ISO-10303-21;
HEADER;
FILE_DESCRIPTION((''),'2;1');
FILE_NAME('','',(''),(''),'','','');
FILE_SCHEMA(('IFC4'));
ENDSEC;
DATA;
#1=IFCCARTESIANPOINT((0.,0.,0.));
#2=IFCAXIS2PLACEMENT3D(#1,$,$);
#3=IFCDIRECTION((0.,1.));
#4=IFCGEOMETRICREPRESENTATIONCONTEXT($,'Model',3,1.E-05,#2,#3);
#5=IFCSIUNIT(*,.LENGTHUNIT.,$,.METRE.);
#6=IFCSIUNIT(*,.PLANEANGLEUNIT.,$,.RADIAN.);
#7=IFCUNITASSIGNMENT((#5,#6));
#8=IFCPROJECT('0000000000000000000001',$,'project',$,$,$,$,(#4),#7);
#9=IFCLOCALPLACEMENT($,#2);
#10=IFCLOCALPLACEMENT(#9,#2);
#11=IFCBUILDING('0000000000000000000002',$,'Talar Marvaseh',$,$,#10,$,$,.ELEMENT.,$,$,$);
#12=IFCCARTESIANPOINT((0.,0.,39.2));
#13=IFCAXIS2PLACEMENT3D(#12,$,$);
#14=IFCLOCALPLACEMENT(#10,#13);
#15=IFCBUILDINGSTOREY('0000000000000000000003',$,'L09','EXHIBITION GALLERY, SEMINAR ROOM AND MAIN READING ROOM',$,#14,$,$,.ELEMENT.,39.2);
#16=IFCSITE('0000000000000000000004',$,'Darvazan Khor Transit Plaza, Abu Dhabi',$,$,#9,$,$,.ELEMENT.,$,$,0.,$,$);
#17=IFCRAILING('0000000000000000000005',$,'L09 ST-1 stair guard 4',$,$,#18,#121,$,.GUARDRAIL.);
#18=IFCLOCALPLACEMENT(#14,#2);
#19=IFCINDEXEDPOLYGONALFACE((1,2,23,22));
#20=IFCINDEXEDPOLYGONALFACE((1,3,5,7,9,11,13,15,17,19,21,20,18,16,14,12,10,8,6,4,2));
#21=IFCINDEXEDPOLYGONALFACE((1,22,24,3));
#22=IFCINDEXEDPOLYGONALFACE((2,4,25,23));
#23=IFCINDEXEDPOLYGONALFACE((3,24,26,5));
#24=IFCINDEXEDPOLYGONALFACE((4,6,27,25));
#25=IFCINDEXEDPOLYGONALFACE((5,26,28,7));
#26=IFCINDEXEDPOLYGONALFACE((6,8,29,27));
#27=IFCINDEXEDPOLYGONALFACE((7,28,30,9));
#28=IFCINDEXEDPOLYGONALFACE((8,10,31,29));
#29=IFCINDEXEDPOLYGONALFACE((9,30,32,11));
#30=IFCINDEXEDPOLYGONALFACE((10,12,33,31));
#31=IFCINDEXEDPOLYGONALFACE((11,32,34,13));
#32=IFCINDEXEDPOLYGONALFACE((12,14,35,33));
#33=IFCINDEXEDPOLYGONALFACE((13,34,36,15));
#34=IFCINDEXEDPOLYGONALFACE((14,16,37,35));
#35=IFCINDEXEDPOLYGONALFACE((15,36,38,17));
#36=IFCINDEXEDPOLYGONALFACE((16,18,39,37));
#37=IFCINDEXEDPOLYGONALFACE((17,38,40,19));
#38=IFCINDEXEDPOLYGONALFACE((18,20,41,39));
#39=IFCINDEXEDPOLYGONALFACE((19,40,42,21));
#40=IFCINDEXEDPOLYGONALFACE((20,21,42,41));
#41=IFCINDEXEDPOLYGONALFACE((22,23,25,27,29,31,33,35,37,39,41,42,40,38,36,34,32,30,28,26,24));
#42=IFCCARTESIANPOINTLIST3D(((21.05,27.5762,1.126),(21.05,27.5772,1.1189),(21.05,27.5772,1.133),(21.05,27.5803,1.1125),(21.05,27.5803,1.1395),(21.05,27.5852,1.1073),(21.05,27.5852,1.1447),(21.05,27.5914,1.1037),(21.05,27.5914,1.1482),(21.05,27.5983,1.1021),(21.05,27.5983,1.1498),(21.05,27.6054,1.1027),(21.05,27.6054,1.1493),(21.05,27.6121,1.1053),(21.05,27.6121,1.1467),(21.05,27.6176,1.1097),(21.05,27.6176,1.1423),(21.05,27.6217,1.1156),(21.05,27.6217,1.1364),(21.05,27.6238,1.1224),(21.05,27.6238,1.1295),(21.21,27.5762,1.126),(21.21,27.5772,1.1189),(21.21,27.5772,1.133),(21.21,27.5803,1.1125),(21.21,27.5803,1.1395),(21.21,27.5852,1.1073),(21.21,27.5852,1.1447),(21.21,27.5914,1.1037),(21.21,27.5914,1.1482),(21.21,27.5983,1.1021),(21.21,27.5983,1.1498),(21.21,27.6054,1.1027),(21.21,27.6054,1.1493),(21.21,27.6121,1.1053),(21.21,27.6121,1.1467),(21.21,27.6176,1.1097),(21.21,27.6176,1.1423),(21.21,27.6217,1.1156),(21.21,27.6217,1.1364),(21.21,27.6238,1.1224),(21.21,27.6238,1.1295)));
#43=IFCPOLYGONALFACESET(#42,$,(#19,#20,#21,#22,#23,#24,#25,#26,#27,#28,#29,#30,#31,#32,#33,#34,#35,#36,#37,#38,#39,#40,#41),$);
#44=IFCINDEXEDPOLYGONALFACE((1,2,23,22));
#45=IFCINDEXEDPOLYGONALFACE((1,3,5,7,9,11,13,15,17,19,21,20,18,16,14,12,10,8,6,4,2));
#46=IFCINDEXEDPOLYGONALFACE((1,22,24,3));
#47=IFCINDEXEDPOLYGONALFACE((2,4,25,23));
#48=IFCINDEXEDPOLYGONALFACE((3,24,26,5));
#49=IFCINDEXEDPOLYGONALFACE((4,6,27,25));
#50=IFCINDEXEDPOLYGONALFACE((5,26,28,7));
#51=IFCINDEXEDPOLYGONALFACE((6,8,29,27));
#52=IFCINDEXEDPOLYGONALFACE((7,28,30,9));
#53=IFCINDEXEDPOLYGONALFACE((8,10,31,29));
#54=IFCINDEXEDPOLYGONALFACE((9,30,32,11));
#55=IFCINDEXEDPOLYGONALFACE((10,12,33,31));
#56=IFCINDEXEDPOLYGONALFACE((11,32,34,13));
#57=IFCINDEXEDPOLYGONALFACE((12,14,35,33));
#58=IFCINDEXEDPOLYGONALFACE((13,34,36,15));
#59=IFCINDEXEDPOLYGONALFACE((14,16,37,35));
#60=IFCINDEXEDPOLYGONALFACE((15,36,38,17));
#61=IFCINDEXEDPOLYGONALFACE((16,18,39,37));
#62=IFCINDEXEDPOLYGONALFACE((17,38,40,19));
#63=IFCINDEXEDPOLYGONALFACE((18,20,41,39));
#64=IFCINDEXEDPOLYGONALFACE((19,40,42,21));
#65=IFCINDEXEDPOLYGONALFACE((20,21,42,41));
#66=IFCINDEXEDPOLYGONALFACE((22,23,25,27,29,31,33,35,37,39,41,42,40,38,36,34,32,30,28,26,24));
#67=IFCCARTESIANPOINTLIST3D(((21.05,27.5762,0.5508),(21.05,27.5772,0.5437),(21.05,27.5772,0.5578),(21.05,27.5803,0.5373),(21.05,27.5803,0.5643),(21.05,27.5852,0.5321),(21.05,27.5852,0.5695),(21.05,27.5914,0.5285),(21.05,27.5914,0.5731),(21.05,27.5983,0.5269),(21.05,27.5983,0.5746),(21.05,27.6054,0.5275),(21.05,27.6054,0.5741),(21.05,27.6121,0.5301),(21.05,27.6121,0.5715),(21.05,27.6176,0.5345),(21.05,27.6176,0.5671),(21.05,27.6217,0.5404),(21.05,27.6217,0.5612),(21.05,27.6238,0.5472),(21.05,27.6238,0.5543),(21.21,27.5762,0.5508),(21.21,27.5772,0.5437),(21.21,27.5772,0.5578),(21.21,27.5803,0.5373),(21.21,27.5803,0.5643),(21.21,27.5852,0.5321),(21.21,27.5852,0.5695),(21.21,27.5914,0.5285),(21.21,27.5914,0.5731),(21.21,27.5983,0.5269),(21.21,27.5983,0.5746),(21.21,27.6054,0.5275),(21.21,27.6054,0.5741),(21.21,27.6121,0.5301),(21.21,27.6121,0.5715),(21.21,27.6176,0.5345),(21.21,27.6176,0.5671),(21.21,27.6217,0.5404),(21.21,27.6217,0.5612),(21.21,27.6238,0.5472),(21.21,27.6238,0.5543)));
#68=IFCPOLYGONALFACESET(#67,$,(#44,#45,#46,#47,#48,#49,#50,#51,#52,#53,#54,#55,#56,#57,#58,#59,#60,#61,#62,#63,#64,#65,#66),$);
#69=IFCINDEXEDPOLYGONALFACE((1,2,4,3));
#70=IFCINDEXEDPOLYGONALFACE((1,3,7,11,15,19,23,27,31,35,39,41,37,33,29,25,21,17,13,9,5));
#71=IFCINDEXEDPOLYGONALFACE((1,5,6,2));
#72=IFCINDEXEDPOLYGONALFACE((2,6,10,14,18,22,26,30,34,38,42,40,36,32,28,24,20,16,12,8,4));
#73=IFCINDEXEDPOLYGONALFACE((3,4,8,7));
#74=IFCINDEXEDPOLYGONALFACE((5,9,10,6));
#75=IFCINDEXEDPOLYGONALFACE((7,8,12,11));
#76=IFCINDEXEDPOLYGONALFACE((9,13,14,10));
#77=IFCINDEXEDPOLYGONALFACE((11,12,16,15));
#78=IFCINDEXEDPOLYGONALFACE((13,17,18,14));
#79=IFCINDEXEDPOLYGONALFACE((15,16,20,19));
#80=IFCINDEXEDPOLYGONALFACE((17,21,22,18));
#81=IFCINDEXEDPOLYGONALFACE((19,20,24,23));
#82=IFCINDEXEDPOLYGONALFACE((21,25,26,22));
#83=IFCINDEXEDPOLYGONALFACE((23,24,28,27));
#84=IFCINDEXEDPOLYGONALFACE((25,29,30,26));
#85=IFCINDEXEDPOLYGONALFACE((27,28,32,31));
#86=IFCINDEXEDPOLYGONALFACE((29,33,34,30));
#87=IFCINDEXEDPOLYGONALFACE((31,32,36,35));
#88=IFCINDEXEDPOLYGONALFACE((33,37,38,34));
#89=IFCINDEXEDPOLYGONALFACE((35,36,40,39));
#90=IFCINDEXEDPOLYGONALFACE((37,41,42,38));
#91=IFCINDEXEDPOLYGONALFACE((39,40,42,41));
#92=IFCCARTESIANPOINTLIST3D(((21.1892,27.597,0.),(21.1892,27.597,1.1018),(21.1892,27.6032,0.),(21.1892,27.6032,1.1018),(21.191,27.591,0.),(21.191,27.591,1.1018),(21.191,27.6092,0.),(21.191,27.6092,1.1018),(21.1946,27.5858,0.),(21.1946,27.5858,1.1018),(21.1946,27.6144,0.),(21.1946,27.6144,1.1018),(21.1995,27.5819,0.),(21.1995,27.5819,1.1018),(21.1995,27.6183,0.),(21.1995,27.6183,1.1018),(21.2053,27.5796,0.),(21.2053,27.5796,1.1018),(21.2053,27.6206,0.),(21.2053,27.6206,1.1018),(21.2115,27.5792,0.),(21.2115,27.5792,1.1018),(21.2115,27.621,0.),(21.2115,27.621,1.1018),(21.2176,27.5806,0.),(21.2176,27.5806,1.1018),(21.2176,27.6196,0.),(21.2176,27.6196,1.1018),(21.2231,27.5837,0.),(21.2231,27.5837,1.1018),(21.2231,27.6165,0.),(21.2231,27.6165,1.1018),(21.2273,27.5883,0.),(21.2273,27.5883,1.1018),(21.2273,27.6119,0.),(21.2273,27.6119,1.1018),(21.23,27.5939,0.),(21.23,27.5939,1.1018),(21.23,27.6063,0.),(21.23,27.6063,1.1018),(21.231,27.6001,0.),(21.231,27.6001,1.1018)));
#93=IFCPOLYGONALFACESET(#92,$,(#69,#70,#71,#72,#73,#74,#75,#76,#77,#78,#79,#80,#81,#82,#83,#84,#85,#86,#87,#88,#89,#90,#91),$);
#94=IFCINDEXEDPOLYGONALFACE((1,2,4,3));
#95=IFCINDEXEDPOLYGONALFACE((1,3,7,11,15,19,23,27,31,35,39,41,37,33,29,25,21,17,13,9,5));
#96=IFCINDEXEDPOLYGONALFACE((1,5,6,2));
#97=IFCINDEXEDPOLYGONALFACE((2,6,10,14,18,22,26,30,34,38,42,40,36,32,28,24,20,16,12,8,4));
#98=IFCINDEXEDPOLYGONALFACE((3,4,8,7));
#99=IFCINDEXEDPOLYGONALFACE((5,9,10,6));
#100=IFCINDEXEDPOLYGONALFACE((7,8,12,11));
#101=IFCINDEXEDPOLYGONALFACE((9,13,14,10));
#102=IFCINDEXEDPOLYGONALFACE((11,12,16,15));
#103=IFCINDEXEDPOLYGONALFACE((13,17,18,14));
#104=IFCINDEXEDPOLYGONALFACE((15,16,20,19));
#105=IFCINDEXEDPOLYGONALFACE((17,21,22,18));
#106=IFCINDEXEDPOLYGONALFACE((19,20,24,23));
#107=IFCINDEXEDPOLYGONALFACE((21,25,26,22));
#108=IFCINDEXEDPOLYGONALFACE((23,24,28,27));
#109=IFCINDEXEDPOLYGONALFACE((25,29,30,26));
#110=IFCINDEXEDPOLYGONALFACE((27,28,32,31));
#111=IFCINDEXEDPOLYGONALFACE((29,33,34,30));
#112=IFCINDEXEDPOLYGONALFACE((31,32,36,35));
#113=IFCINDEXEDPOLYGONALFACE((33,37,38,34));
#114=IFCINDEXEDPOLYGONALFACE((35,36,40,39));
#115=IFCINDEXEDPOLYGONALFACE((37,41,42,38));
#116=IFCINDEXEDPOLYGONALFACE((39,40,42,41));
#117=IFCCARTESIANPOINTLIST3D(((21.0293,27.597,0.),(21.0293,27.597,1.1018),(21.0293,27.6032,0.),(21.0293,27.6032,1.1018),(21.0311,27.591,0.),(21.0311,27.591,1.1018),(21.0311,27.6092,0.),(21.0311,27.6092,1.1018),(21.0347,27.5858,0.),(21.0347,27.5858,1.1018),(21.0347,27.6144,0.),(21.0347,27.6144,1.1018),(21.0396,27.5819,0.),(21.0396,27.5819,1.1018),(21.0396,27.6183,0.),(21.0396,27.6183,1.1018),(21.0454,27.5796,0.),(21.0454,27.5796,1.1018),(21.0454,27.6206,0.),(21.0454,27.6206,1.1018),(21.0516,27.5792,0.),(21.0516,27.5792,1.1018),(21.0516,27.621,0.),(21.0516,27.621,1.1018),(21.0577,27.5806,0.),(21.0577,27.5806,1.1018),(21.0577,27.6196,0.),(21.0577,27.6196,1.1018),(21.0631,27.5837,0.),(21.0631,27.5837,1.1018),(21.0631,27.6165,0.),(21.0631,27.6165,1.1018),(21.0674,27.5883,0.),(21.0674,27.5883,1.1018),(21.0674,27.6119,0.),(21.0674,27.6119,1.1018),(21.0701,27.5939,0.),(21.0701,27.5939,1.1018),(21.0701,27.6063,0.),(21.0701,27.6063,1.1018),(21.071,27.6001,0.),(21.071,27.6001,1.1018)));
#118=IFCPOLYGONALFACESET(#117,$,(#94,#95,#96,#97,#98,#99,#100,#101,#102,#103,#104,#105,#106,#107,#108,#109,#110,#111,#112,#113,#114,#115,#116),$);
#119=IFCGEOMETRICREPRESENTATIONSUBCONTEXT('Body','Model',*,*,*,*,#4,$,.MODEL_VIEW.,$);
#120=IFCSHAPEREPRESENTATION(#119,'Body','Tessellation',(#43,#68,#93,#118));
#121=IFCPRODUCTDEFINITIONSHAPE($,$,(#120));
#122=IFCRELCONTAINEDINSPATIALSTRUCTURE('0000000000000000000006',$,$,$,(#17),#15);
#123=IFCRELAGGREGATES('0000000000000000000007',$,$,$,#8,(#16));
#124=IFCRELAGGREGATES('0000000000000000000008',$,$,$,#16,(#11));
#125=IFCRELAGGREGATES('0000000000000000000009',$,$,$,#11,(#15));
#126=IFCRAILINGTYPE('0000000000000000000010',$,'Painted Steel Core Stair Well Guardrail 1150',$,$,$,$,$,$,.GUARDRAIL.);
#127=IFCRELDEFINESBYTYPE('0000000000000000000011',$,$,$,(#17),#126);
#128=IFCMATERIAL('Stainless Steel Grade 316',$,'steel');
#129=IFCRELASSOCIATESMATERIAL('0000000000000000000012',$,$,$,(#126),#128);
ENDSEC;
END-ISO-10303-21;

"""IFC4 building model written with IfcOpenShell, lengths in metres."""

from ifc_helpers import new_model, si_unit, direction, frame, origin, origin_2d, place, context, subcontext, project, spatial, circle, extrude, material, type_object, element, save


model = new_model("IFC4")

# Units and contexts
model_context = context("Model", 3, precision=1e-05, world=origin(), true_north=direction((0.0, 1.0)))
body_context = subcontext(model_context, "Body", "Model", "MODEL_VIEW")
ifc_project = project(units=[si_unit("LENGTHUNIT", "METRE"), si_unit("PLANEANGLEUNIT", "RADIAN")], contexts=[model_context])

# Site, building, storey
site_placement = place(None, origin())
site = spatial("IfcSite", under=ifc_project, at=site_placement, Name="Darvazan Khor Transit Plaza, Abu Dhabi", CompositionType="ELEMENT", RefElevation=0.0)
building_placement = place(site_placement, origin())
building = spatial("IfcBuilding", under=site, at=building_placement, Name="Talar Marvaseh", CompositionType="ELEMENT")
storey_placement = place(building_placement, frame((0.0, 0.0, 39.2)))
storey = spatial("IfcBuildingStorey", under=building, at=storey_placement, Name="L09", Description="EXHIBITION GALLERY, SEMINAR ROOM AND MAIN READING ROOM", CompositionType="ELEMENT", Elevation=39.2)

# Railing
ifc_material_1 = material(Name="Stainless Steel Grade 316", Category="steel")
railing_type_1 = type_object("IfcRailingType", Name="Painted Steel Core Stair Well Guardrail 1150", PredefinedType="GUARDRAIL", material=ifc_material_1)
railing_1_placement = place(storey_placement, frame((21.21, 27.6001, 0.0)))
element("IfcRailing", 1, at=railing_1_placement, inside=storey, type_object=railing_type_1, Name="L09 ST-1 stair guard 4", PredefinedType="GUARDRAIL", context=body_context, shape_type="SweptSolid", body=[
    extrude(circle(Radius=0.0239, at=origin_2d()), frame((0.0, 0.0, 1.126), z_axis=(-1.0, 0.0, 0.0), x_axis=(0.0, -1.0, 0.0)), (0.0, 0.0, 1.0), 0.1599),
    extrude(circle(Radius=0.0239, at=origin_2d()), frame((0.0, 0.0, 0.5508), z_axis=(-1.0, 0.0, 0.0), x_axis=(0.0, -1.0, 0.0)), (0.0, 0.0, 1.0), 0.1599),
    extrude(circle(Radius=0.021, at=origin_2d()), origin(), (0.0, 0.0, 1.0), 1.1018),
    extrude(circle(Radius=0.021, at=origin_2d()), frame((-0.1599, 0.0, 0.0)), (0.0, 0.0, 1.0), 1.1018),
])

save(model, "model.ifc")
